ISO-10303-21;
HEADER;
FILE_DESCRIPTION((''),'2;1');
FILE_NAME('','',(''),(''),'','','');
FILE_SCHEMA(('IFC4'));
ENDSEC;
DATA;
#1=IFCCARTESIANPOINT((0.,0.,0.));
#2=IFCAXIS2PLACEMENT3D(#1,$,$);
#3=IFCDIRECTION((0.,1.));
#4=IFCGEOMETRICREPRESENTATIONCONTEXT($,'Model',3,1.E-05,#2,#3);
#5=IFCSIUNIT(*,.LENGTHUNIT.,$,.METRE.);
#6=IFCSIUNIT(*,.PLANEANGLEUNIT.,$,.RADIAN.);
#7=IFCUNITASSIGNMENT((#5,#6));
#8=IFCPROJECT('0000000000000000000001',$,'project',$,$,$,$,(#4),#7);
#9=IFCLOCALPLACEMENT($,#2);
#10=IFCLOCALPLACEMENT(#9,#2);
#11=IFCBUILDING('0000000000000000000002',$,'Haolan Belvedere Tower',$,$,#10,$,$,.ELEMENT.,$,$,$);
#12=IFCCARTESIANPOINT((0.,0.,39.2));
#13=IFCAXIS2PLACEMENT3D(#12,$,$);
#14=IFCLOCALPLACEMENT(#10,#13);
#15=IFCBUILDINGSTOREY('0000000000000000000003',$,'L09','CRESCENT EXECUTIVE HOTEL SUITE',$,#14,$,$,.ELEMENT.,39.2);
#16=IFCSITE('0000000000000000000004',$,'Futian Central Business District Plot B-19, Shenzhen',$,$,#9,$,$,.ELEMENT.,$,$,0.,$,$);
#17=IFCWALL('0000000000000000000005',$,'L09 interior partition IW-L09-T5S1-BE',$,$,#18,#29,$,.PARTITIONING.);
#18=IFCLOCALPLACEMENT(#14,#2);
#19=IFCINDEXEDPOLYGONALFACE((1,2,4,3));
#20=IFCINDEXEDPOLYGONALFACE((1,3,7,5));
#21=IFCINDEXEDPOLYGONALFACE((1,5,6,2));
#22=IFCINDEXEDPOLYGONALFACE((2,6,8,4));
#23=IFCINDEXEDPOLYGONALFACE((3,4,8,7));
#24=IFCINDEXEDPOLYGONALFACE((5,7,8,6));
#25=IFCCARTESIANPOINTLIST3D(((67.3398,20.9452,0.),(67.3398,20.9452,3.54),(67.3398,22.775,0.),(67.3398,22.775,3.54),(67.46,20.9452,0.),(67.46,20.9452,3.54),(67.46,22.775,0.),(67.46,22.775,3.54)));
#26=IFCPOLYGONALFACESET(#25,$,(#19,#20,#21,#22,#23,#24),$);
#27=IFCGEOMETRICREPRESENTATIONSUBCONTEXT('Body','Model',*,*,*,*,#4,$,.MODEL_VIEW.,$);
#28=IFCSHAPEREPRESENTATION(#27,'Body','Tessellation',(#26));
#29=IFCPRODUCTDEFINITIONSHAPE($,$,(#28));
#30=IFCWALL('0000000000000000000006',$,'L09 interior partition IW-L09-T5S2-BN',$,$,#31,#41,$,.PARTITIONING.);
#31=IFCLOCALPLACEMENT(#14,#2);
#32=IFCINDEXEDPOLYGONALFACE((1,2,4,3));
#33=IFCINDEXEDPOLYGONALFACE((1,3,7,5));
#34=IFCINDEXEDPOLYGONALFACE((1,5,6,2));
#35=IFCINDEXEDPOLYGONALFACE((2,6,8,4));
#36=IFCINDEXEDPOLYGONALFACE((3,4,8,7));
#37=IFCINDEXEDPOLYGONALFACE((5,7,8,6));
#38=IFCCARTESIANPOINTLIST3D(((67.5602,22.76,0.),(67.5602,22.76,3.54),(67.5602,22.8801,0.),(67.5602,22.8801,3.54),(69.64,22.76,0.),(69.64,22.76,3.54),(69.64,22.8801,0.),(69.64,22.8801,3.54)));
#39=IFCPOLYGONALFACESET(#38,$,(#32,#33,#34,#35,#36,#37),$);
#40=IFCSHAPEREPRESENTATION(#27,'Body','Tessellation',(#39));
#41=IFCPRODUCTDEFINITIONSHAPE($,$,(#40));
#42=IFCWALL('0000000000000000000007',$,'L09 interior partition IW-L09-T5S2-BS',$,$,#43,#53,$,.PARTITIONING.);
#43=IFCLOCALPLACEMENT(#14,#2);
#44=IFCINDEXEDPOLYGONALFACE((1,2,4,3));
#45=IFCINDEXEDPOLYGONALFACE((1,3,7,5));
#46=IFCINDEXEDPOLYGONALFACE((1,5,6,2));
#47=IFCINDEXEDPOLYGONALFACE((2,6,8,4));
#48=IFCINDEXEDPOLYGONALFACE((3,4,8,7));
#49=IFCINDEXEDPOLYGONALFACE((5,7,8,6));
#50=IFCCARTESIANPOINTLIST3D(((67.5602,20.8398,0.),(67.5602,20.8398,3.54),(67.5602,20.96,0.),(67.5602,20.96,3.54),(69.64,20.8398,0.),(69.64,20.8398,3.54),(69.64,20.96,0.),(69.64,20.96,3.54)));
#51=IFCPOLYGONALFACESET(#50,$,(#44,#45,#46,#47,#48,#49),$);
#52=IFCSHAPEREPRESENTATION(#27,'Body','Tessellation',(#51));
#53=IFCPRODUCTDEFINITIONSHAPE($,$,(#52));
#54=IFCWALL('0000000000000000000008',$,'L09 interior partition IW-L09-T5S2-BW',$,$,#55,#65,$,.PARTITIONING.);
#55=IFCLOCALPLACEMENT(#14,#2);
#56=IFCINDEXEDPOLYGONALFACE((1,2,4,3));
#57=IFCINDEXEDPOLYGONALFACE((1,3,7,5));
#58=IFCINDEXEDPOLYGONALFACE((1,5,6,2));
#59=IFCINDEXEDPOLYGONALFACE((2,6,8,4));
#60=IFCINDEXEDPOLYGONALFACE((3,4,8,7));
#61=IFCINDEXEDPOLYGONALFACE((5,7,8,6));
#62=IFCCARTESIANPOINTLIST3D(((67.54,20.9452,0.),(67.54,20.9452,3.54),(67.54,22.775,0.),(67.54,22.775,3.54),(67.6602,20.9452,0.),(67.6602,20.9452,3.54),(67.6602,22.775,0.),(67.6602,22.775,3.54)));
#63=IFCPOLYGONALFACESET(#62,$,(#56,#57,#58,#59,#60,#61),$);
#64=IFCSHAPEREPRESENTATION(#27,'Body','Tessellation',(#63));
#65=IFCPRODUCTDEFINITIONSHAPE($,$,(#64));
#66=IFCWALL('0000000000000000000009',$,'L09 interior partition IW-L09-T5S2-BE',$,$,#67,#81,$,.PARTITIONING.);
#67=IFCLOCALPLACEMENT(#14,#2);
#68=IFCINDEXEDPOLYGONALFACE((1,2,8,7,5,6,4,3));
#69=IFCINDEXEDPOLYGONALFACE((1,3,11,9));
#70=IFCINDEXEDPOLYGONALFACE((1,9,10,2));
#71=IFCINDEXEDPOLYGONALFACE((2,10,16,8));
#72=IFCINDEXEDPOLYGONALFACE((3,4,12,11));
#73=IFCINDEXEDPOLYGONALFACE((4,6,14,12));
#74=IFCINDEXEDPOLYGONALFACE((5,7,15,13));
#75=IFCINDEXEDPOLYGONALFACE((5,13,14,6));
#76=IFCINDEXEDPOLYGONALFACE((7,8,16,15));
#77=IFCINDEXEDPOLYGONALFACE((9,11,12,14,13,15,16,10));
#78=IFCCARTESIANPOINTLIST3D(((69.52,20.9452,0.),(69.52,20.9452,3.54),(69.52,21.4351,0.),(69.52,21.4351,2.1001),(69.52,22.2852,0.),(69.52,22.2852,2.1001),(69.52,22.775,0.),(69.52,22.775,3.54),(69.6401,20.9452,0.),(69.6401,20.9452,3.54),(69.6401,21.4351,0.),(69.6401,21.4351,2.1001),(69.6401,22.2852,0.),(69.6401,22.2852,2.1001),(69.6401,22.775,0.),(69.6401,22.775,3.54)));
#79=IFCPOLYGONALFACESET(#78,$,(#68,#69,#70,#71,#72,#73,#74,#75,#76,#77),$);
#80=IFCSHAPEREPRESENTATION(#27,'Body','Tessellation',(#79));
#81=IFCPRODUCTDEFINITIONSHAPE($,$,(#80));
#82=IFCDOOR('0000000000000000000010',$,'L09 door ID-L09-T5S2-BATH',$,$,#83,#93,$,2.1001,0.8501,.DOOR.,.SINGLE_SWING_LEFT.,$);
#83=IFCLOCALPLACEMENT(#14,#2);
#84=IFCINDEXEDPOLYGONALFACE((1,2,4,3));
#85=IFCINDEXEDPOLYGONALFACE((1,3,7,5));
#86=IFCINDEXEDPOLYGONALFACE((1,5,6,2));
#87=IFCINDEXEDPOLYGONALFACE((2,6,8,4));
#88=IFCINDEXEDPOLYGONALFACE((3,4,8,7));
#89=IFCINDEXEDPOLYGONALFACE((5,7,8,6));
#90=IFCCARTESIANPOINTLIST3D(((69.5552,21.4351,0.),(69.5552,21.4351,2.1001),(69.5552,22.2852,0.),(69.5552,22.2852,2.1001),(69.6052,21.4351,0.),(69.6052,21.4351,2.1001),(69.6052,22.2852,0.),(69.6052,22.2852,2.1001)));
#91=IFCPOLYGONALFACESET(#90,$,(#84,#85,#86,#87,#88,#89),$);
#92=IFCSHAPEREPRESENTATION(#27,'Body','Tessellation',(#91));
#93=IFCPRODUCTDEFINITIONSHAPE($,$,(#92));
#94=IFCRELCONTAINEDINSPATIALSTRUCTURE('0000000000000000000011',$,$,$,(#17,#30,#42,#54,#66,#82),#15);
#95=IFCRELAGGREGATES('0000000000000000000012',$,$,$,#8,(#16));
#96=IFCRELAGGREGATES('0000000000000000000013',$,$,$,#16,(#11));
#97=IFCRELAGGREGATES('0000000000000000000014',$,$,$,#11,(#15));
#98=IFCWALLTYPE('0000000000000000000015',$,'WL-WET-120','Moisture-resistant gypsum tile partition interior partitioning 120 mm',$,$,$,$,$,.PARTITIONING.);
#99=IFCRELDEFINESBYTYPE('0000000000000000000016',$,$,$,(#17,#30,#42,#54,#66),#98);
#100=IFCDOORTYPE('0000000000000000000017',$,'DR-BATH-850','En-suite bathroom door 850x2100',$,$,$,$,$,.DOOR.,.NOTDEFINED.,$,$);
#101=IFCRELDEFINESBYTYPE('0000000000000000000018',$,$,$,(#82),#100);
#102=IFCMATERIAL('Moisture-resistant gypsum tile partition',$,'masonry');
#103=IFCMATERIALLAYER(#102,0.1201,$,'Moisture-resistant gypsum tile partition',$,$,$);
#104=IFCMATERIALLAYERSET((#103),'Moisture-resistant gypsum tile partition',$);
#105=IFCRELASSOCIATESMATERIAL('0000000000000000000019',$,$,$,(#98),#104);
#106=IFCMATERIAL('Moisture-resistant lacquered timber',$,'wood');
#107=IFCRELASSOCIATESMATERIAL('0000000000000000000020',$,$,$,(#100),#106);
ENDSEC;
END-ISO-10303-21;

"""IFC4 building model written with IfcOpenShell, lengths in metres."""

from ifc_helpers import new_model, si_unit, direction, frame, frame_2d, origin, place, context, subcontext, project, spatial, rectangle, extrude, material, layer, layer_set, type_object, element, fill, save


model = new_model("IFC4")

# Units and contexts
model_context = context("Model", 3, precision=1e-05, world=origin(), true_north=direction((0.0, 1.0)))
body_context = subcontext(model_context, "Body", "Model", "MODEL_VIEW")
ifc_project = project(units=[si_unit("LENGTHUNIT", "METRE"), si_unit("PLANEANGLEUNIT", "RADIAN")], contexts=[model_context])

# Site, building, storey
site_placement = place(None, origin())
site = spatial("IfcSite", under=ifc_project, at=site_placement, Name="Futian Central Business District Plot B-19, Shenzhen", CompositionType="ELEMENT", RefElevation=0.0)
building_placement = place(site_placement, origin())
building = spatial("IfcBuilding", under=site, at=building_placement, Name="Haolan Belvedere Tower", CompositionType="ELEMENT")
storey_placement = place(building_placement, frame((0.0, 0.0, 39.2)))
storey = spatial("IfcBuildingStorey", under=building, at=storey_placement, Name="L09", Description="CRESCENT EXECUTIVE HOTEL SUITE", CompositionType="ELEMENT", Elevation=39.2)

# Shared definitions
ifc_material_1 = material(Name="Moisture-resistant gypsum tile partition", Category="masonry")
ifc_layer_1 = layer(ifc_material_1, 0.1201, Name="Moisture-resistant gypsum tile partition")
ifc_layer_set_1 = layer_set([ifc_layer_1], Name="Moisture-resistant gypsum tile partition")
wall_type_1 = type_object("IfcWallType", Name="WL-WET-120", Description="Moisture-resistant gypsum tile partition interior partitioning 120 mm", PredefinedType="PARTITIONING", material=ifc_layer_set_1)

# Shared definitions
ifc_material_2 = material(Name="Moisture-resistant lacquered timber", Category="wood")
door_type_1 = type_object("IfcDoorType", Name="DR-BATH-850", Description="En-suite bathroom door 850x2100", OperationType="NOTDEFINED", PredefinedType="DOOR", material=ifc_material_2)

# Walls
for number, where, z_axis, x_axis, name in (
    (1, (67.3999, 20.9451, 0.0), (0.0, 0.0, 1.0), (0.0, 1.0, 0.0), "L09 interior partition IW-L09-T5S1-BE"),
):
    element("IfcWall", number, at=place(storey_placement, frame(where, z_axis=z_axis, x_axis=x_axis)), inside=storey, type_object=wall_type_1, Name=name, PredefinedType="PARTITIONING", context=body_context, shape_type="SweptSolid", body=[
        extrude(rectangle(XDim=1.8298, YDim=0.1201, at=frame_2d((0.915, 0.0))), origin(), (0.0, 0.0, 1.0), 3.54),
    ])
for number, where, z_axis, x_axis, name in (
    (2, (67.5601, 22.8201, 0.0), (0.0, 0.0, 1.0), (1.0, 0.0, 0.0), "L09 interior partition IW-L09-T5S2-BN"),
    (3, (67.5601, 20.8999, 0.0), (0.0, 0.0, 1.0), (1.0, 0.0, 0.0), "L09 interior partition IW-L09-T5S2-BS"),
):
    element("IfcWall", number, at=place(storey_placement, frame(where, z_axis=z_axis, x_axis=x_axis)), inside=storey, type_object=wall_type_1, Name=name, PredefinedType="PARTITIONING", context=body_context, shape_type="SweptSolid", body=[
        extrude(rectangle(XDim=2.0798, YDim=0.1201, at=frame_2d((1.04, 0.0))), origin(), (0.0, 0.0, 1.0), 3.54),
    ])
wall_1_placement = place(storey_placement, frame((67.6001, 20.9451, 0.0), z_axis=(0.0, 0.0, 1.0), x_axis=(0.0, 1.0, 0.0)))
element("IfcWall", 4, at=wall_1_placement, inside=storey, type_object=wall_type_1, Name="L09 interior partition IW-L09-T5S2-BW", PredefinedType="PARTITIONING", context=body_context, shape_type="SweptSolid", body=[
    extrude(rectangle(XDim=1.8298, YDim=0.1201, at=frame_2d((0.915, 0.0))), origin(), (0.0, 0.0, 1.0), 3.54),
])

# Wall, opening, door
wall_2_placement = place(storey_placement, frame((69.5801, 20.9451, 0.0), z_axis=(0.0, 0.0, 1.0), x_axis=(0.0, 1.0, 0.0)))
wall_2 = element("IfcWall", 5, at=wall_2_placement, inside=storey, type_object=wall_type_1, Name="L09 interior partition IW-L09-T5S2-BE", PredefinedType="PARTITIONING", context=body_context, shape_type="SweptSolid", body=[
    extrude(rectangle(XDim=1.8298, YDim=0.1201, at=frame_2d((0.915, 0.0))), origin(), (0.0, 0.0, 1.0), 3.54),
])
opening_1_placement = place(wall_2_placement, frame((0.49, 0.0, 0.0)))
opening_1 = element("IfcOpeningElement", 6, at=opening_1_placement, cuts=wall_2, PredefinedType="OPENING", context=body_context, shape_type="SweptSolid", body=[
    extrude(rectangle(XDim=0.8501, YDim=2.1001, at=frame_2d((0.425, 1.05))), frame((0.0, 0.0701, 0.0), z_axis=(0.0, -1.0, 0.0), x_axis=(1.0, 0.0, 0.0)), (0.0, 0.0, 1.0), 0.1401),
])
door_1_placement = place(opening_1_placement, origin())
door_1 = element("IfcDoor", 7, at=door_1_placement, inside=storey, type_object=door_type_1, Name="L09 door ID-L09-T5S2-BATH", OperationType="SINGLE_SWING_LEFT", OverallHeight=2.1001, OverallWidth=0.8501, PredefinedType="DOOR", context=body_context, shape_type="SweptSolid", body=[
    extrude(rectangle(XDim=0.8501, YDim=2.1001, at=frame_2d((0.425, 1.05))), frame((0.0, 0.0249, 0.0), z_axis=(0.0, -1.0, 0.0), x_axis=(1.0, 0.0, 0.0)), (0.0, 0.0, 1.0), 0.05),
])
fill(opening_1, door_1)

save(model, "model.ifc")
